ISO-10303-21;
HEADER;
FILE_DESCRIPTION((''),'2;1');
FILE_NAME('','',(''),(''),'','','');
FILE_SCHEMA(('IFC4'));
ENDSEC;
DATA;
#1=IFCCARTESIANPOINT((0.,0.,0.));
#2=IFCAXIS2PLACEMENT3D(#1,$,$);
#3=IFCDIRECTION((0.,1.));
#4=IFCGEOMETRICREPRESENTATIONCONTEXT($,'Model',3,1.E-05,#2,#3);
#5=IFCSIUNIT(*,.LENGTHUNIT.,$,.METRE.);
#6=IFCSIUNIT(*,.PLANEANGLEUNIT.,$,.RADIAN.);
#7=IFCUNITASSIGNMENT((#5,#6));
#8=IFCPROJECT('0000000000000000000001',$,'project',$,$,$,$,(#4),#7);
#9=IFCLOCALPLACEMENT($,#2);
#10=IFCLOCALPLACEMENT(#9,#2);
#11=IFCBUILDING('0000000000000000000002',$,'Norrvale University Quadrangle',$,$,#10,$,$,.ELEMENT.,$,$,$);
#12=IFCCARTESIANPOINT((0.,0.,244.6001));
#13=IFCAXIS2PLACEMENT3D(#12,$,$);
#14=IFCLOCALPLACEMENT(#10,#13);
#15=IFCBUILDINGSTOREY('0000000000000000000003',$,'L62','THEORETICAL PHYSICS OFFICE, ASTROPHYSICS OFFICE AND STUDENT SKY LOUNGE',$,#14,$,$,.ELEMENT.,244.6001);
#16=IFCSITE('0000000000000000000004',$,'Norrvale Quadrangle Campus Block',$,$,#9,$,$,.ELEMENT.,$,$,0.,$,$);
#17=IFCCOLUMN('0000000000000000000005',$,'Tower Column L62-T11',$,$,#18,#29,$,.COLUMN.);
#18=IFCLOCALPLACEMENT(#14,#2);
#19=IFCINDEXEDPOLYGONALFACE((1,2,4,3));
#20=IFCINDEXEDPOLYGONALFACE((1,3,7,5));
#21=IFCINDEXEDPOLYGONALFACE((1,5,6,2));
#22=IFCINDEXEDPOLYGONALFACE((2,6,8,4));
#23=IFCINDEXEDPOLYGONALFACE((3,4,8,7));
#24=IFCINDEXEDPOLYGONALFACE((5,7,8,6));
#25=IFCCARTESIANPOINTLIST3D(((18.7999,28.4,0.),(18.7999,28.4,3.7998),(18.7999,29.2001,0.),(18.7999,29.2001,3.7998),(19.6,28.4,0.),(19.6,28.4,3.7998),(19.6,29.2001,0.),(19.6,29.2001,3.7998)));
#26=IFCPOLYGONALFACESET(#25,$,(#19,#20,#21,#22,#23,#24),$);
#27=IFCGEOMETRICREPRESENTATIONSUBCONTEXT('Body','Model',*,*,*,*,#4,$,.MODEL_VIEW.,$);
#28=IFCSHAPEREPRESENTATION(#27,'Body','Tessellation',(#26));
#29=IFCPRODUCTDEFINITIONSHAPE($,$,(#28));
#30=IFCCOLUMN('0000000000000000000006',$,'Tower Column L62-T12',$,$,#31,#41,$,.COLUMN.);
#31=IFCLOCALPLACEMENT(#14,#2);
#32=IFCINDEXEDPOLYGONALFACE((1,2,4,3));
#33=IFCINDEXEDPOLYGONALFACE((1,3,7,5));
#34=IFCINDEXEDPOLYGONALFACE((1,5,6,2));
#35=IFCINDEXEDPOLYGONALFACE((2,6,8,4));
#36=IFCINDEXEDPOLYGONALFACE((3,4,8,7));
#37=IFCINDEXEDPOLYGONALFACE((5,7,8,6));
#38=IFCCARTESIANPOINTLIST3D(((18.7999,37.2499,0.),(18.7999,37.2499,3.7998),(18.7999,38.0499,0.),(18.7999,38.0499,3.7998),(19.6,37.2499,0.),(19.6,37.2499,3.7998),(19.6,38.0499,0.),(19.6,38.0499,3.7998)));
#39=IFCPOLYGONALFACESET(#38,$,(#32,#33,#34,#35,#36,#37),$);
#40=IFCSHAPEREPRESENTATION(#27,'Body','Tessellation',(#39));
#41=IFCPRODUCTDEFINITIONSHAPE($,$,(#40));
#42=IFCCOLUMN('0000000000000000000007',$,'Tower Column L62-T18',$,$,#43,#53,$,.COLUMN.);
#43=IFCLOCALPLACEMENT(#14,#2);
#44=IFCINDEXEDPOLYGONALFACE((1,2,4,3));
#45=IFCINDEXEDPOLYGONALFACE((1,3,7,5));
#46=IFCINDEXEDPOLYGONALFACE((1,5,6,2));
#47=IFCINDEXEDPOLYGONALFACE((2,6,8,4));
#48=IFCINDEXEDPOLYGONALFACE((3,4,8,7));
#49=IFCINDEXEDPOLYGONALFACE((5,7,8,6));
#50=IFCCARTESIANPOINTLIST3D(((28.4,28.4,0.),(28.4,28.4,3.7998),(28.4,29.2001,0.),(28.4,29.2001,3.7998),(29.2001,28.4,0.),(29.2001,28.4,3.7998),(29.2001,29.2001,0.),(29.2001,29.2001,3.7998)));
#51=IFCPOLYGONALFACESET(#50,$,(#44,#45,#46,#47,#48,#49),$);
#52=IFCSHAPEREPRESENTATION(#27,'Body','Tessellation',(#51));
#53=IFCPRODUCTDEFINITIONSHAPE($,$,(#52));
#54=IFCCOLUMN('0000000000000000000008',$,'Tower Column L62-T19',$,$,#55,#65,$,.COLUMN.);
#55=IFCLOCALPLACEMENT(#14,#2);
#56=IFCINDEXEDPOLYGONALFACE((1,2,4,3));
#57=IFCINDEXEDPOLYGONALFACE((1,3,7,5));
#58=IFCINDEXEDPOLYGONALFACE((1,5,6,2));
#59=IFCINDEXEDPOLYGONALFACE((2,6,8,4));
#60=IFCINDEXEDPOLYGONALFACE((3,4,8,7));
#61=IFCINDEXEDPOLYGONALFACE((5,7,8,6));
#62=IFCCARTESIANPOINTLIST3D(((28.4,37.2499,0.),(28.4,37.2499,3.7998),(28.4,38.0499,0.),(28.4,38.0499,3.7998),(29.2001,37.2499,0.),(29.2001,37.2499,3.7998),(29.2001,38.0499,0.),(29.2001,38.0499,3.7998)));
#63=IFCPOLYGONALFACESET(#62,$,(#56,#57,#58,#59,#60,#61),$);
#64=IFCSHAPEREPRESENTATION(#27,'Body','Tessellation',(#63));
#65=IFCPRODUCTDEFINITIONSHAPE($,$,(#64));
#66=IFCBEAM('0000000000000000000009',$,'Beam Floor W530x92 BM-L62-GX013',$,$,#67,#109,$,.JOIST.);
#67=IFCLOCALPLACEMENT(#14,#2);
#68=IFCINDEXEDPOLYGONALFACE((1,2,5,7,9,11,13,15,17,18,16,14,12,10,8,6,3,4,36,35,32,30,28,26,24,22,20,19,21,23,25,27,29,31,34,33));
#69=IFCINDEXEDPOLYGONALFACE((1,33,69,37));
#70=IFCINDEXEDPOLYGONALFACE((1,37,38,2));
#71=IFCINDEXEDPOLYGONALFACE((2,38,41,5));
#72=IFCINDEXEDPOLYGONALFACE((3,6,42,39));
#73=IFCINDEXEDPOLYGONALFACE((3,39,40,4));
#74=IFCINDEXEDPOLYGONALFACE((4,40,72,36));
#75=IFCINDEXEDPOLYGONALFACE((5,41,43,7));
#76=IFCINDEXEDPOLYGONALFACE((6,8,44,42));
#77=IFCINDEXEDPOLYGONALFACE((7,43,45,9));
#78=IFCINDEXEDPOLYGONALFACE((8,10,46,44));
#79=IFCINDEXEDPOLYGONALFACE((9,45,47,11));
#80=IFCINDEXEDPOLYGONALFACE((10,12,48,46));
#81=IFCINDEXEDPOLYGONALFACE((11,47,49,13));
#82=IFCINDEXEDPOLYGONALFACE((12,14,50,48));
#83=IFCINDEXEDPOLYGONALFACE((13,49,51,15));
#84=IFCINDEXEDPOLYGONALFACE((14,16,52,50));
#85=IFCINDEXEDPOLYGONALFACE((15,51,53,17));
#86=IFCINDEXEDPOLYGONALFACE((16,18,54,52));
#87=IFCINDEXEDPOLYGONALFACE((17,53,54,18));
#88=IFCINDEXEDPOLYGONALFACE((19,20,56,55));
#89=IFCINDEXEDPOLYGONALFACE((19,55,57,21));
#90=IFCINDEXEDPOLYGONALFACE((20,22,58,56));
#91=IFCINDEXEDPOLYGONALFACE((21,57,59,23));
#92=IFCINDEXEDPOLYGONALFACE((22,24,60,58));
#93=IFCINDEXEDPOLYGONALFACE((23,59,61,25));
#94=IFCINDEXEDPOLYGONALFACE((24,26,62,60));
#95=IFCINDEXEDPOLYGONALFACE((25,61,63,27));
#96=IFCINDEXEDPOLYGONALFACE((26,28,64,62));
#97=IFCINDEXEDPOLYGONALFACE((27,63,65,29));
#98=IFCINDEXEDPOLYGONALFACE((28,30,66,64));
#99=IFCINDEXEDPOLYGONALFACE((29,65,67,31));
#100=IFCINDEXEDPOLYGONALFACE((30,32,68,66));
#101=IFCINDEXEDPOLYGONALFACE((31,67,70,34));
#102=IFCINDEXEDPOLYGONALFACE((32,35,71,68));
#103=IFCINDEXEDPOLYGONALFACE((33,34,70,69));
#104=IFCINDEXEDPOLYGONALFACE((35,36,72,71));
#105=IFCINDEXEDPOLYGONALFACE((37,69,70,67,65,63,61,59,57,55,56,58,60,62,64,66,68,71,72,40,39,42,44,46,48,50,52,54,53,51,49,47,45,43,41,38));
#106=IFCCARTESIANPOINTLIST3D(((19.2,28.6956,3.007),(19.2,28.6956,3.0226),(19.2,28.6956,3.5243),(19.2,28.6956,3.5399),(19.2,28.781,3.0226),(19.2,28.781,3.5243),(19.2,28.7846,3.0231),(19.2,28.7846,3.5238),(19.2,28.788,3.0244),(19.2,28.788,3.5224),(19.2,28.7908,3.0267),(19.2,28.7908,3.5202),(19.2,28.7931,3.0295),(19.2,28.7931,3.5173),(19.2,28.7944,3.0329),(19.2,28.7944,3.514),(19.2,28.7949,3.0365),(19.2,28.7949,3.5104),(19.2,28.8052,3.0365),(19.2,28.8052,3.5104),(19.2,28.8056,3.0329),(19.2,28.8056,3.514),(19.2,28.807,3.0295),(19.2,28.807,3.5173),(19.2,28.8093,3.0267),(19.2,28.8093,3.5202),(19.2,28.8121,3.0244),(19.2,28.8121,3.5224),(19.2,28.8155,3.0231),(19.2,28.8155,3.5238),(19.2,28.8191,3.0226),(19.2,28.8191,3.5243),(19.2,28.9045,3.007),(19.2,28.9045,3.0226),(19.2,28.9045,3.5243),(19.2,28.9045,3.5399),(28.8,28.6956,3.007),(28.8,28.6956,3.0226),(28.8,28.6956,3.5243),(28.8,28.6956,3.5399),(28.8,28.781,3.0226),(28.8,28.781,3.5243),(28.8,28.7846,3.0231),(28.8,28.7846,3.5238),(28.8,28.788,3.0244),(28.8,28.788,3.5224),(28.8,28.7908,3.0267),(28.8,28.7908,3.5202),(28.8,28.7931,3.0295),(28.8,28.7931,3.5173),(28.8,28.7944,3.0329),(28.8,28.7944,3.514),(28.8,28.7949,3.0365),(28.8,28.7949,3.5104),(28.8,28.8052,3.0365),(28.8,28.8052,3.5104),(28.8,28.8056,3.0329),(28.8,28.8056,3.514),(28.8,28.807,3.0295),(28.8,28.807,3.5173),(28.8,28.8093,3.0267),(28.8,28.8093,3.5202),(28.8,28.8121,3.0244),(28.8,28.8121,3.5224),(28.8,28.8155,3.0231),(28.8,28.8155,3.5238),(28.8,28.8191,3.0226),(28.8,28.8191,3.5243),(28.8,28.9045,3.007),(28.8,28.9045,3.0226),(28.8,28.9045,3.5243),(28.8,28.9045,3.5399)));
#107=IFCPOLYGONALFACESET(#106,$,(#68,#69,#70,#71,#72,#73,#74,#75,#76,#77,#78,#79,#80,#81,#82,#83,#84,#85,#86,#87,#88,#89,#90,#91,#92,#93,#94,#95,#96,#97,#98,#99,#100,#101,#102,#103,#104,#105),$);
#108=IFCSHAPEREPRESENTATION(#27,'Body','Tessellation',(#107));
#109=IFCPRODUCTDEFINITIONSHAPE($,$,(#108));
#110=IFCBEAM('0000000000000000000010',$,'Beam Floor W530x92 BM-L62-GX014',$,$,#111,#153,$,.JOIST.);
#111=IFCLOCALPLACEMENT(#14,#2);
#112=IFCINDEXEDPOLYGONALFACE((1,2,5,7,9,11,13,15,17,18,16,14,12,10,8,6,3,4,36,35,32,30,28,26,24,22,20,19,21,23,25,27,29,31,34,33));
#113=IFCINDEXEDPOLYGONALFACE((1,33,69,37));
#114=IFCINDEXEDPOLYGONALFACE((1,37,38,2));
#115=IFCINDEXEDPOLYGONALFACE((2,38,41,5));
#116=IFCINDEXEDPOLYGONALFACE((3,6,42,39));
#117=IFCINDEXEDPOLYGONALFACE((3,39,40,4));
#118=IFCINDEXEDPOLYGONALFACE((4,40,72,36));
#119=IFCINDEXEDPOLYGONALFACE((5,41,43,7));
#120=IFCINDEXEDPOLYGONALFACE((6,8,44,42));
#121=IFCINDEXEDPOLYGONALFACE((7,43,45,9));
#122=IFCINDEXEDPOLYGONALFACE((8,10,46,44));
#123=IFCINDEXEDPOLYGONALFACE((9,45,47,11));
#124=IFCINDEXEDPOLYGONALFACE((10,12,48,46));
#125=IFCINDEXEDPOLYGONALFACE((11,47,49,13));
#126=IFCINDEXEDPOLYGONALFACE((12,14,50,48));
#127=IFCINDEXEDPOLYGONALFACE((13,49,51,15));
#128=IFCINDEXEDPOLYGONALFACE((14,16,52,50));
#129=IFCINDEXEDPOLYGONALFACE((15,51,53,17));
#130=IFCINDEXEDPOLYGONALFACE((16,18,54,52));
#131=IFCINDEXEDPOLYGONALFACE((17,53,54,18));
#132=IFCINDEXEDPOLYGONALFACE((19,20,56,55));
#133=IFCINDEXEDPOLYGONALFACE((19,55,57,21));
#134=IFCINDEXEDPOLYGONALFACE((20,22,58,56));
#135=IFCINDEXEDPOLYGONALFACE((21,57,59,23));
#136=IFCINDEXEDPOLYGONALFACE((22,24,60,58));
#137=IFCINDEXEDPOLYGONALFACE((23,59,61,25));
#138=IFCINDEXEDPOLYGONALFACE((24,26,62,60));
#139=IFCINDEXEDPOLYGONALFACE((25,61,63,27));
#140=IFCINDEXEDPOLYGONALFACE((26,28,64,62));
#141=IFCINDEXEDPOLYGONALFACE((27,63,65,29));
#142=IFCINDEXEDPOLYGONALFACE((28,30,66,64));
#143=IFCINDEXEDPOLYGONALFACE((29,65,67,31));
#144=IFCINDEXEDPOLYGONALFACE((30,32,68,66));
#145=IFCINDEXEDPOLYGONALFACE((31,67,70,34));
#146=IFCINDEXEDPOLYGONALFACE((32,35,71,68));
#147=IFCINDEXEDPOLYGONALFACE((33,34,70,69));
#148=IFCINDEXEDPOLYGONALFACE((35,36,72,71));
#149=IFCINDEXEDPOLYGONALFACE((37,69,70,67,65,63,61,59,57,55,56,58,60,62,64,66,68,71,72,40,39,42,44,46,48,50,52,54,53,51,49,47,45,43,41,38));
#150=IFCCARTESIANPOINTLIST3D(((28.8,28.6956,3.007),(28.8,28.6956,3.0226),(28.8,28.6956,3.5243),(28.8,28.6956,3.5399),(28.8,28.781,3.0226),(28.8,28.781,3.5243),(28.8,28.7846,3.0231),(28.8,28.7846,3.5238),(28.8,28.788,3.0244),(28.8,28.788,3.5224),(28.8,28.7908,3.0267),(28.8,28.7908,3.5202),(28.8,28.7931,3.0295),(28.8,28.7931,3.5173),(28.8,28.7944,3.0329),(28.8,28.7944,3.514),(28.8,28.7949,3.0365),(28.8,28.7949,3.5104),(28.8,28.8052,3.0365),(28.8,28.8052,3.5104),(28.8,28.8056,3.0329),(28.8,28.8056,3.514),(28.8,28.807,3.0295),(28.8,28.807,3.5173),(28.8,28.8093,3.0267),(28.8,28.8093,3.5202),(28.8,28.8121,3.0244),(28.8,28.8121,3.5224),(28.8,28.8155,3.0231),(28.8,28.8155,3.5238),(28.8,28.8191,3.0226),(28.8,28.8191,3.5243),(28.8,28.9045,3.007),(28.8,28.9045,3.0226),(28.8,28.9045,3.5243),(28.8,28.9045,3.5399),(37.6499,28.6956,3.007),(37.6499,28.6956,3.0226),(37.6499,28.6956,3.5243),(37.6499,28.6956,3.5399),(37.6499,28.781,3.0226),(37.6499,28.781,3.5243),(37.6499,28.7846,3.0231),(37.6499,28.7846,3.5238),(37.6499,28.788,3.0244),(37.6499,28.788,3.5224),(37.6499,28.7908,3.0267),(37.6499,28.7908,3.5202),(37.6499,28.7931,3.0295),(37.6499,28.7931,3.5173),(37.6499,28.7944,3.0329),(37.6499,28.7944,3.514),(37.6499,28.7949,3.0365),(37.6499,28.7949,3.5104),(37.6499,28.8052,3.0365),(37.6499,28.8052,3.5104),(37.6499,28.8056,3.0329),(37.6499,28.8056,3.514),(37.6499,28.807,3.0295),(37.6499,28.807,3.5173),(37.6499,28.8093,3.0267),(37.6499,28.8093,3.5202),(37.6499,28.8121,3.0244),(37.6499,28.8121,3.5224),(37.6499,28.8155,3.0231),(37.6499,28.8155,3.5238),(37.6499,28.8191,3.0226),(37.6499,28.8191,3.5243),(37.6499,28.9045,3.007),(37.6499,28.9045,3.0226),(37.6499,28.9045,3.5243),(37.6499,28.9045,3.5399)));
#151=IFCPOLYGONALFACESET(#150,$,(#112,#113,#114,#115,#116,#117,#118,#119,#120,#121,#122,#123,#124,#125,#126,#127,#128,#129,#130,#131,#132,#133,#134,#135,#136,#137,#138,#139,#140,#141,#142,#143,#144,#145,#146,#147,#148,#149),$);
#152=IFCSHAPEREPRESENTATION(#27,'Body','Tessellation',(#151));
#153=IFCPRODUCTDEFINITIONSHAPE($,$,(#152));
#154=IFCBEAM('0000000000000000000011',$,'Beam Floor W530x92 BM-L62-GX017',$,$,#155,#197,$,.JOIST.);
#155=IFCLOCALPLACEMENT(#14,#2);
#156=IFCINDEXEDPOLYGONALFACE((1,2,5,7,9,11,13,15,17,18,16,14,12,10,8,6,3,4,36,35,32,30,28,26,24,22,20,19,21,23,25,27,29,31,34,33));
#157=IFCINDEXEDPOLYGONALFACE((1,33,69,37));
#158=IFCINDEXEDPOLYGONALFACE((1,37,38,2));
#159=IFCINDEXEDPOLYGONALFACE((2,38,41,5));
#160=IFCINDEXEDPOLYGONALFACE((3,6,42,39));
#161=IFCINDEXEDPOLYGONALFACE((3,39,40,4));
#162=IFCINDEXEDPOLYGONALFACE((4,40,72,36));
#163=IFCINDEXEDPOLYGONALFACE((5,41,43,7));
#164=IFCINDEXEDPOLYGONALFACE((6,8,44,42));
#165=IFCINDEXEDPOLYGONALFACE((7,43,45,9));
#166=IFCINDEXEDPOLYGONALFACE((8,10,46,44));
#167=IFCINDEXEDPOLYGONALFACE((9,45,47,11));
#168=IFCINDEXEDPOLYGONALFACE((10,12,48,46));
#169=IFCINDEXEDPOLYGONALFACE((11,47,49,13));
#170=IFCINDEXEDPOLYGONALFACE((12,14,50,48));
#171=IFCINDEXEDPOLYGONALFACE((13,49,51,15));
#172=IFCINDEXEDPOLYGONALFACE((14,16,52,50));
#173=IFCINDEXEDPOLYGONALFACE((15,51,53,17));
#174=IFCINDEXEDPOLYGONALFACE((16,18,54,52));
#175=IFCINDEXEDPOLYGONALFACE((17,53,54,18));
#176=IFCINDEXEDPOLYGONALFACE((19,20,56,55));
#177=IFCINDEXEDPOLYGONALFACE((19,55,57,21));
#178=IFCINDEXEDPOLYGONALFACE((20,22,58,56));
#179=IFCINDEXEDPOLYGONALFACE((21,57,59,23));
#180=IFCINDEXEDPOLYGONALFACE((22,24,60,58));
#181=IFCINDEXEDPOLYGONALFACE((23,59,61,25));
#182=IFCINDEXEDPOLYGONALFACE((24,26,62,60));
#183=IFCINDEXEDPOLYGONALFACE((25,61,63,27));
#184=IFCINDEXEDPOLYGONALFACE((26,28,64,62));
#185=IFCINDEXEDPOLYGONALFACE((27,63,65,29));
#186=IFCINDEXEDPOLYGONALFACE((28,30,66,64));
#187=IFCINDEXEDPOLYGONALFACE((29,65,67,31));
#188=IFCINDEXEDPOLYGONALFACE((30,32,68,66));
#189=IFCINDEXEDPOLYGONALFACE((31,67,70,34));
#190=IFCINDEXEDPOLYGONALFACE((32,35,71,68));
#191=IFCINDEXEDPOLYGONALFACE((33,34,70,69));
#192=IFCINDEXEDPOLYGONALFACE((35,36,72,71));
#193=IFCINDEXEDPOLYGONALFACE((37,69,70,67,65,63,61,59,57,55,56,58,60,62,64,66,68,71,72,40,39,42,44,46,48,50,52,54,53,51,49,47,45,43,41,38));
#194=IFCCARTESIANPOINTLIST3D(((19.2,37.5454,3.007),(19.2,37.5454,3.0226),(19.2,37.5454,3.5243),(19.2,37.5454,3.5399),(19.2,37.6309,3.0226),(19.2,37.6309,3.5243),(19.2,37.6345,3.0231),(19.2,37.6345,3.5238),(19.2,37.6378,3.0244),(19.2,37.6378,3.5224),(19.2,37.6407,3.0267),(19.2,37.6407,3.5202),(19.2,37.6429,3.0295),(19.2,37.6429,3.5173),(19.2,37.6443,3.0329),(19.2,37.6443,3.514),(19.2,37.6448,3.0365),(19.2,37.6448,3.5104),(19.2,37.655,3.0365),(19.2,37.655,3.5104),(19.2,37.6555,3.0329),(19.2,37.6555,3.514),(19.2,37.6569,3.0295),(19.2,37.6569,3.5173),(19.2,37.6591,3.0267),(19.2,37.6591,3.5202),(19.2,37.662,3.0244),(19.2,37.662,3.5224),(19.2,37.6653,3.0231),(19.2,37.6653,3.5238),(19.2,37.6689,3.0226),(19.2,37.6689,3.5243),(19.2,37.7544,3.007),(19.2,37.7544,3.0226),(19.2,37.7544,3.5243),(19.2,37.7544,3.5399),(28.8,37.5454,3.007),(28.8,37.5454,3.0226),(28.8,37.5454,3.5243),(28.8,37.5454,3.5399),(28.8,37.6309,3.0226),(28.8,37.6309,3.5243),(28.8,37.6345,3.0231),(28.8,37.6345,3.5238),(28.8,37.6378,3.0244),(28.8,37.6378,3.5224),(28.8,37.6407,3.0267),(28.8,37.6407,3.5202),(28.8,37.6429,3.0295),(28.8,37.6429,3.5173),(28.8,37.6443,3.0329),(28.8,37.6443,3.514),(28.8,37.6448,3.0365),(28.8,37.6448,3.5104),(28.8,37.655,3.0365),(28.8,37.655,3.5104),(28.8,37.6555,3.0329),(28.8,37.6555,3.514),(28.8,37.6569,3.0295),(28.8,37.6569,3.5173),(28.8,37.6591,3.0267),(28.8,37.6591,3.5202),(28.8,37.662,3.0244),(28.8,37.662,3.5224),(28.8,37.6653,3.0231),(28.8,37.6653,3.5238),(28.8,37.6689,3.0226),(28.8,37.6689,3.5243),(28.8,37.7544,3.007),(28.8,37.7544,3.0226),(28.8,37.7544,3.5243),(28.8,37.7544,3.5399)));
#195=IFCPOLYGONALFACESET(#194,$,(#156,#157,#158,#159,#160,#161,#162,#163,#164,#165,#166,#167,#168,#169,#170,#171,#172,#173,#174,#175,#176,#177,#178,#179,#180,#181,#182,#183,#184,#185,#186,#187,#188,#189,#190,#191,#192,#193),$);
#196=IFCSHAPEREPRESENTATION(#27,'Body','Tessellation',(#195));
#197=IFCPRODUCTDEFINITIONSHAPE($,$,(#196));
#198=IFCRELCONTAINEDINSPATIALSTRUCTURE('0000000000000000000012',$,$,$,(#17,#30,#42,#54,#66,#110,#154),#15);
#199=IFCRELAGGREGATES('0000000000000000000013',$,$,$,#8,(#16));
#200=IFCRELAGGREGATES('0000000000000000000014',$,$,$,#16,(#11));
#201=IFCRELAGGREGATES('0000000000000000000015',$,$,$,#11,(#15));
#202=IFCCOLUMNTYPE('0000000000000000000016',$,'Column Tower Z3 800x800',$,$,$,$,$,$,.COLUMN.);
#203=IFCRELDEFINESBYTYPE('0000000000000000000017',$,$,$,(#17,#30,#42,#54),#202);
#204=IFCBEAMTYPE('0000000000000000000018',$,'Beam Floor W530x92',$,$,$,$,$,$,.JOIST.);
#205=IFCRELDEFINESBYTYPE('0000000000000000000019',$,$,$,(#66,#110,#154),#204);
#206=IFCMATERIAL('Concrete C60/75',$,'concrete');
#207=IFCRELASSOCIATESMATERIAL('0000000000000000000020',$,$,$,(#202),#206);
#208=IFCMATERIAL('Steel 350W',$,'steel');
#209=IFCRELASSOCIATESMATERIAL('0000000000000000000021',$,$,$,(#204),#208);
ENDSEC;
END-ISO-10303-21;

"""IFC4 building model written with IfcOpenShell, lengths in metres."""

from ifc_helpers import new_model, si_unit, direction, frame, origin, origin_2d, place, context, subcontext, project, spatial, rectangle, i_section, extrude, material, material_profile, profile_set, type_object, element, save


model = new_model("IFC4")

# Units and contexts
model_context = context("Model", 3, precision=1e-05, world=origin(), true_north=direction((0.0, 1.0)))
body_context = subcontext(model_context, "Body", "Model", "MODEL_VIEW")
ifc_project = project(units=[si_unit("LENGTHUNIT", "METRE"), si_unit("PLANEANGLEUNIT", "RADIAN")], contexts=[model_context])

# Site, building, storey
site_placement = place(None, origin())
site = spatial("IfcSite", under=ifc_project, at=site_placement, Name="Norrvale Quadrangle Campus Block", CompositionType="ELEMENT", RefElevation=0.0)
building_placement = place(site_placement, origin())
building = spatial("IfcBuilding", under=site, at=building_placement, Name="Norrvale University Quadrangle", CompositionType="ELEMENT")
storey_placement = place(building_placement, frame((0.0, 0.0, 244.6001)))
storey = spatial("IfcBuildingStorey", under=building, at=storey_placement, Name="L62", Description="THEORETICAL PHYSICS OFFICE, ASTROPHYSICS OFFICE AND STUDENT SKY LOUNGE", CompositionType="ELEMENT", Elevation=244.6001)

# Columns
ifc_material_1 = material(Name="Concrete C60/75", Category="concrete")
ifc_material_profile_1 = material_profile(ifc_material_1, rectangle(XDim=0.8, YDim=0.8, at=origin_2d()), Name="Concrete C60/75")
ifc_profile_set_1 = profile_set([ifc_material_profile_1], Name="Concrete C60/75")
column_type = type_object("IfcColumnType", Name="Column Tower Z3 800x800", PredefinedType="COLUMN", material=ifc_profile_set_1)
for number, where, z_axis, x_axis, name in (
    (1, (19.2, 28.8, 0.0), (0.0, 0.0, 1.0), (1.0, 0.0, 0.0), "Tower Column L62-T11"),
    (2, (19.2, 37.6499, 0.0), (0.0, 0.0, 1.0), (1.0, 0.0, 0.0), "Tower Column L62-T12"),
    (3, (28.8, 28.8, 0.0), (0.0, 0.0, 1.0), (1.0, 0.0, 0.0), "Tower Column L62-T18"),
    (4, (28.8, 37.6499, 0.0), (0.0, 0.0, 1.0), (1.0, 0.0, 0.0), "Tower Column L62-T19"),
):
    element("IfcColumn", number, at=place(storey_placement, frame(where, z_axis=z_axis, x_axis=x_axis)), inside=storey, type_object=column_type, Name=name, PredefinedType="COLUMN", context=body_context, shape_type="SweptSolid", body=[
        extrude(rectangle(XDim=0.8, YDim=0.8, at=origin_2d()), origin(), (0.0, 0.0, 1.0), 3.7998),
    ])

# Beams
ifc_material_2 = material(Name="Steel 350W", Category="steel")
ifc_material_profile_2 = material_profile(ifc_material_2, i_section(OverallWidth=0.209, OverallDepth=0.533, WebThickness=0.0103, FlangeThickness=0.0156, FilletRadius=0.0139, at=origin_2d()), Name="Steel 350W")
ifc_profile_set_2 = profile_set([ifc_material_profile_2], Name="Steel 350W")
beam_type_1 = type_object("IfcBeamType", Name="Beam Floor W530x92", PredefinedType="JOIST", material=ifc_profile_set_2)
beam_1_placement = place(storey_placement, frame((19.2, 28.8, 3.2734), z_axis=(1.0, 0.0, 0.0), x_axis=(0.0, 1.0, 0.0)))
element("IfcBeam", 5, at=beam_1_placement, inside=storey, type_object=beam_type_1, Name="Beam Floor W530x92 BM-L62-GX013", PredefinedType="JOIST", context=body_context, shape_type="SweptSolid", body=[
    extrude(i_section(OverallWidth=0.209, OverallDepth=0.533, WebThickness=0.0103, FlangeThickness=0.0156, FilletRadius=0.0139, at=origin_2d()), origin(), (0.0, 0.0, 1.0), 9.6001),
])
beam_2_placement = place(storey_placement, frame((28.8, 28.8, 3.2734), z_axis=(1.0, 0.0, 0.0), x_axis=(0.0, 1.0, 0.0)))
element("IfcBeam", 6, at=beam_2_placement, inside=storey, type_object=beam_type_1, Name="Beam Floor W530x92 BM-L62-GX014", PredefinedType="JOIST", context=body_context, shape_type="SweptSolid", body=[
    extrude(i_section(OverallWidth=0.209, OverallDepth=0.533, WebThickness=0.0103, FlangeThickness=0.0156, FilletRadius=0.0139, at=origin_2d()), origin(), (0.0, 0.0, 1.0), 8.8499),
])
beam_3_placement = place(storey_placement, frame((19.2, 37.6499, 3.2734), z_axis=(1.0, 0.0, 0.0), x_axis=(0.0, 1.0, 0.0)))
element("IfcBeam", 7, at=beam_3_placement, inside=storey, type_object=beam_type_1, Name="Beam Floor W530x92 BM-L62-GX017", PredefinedType="JOIST", context=body_context, shape_type="SweptSolid", body=[
    extrude(i_section(OverallWidth=0.209, OverallDepth=0.533, WebThickness=0.0103, FlangeThickness=0.0156, FilletRadius=0.0139, at=origin_2d()), origin(), (0.0, 0.0, 1.0), 9.6001),
])

save(model, "model.ifc")
